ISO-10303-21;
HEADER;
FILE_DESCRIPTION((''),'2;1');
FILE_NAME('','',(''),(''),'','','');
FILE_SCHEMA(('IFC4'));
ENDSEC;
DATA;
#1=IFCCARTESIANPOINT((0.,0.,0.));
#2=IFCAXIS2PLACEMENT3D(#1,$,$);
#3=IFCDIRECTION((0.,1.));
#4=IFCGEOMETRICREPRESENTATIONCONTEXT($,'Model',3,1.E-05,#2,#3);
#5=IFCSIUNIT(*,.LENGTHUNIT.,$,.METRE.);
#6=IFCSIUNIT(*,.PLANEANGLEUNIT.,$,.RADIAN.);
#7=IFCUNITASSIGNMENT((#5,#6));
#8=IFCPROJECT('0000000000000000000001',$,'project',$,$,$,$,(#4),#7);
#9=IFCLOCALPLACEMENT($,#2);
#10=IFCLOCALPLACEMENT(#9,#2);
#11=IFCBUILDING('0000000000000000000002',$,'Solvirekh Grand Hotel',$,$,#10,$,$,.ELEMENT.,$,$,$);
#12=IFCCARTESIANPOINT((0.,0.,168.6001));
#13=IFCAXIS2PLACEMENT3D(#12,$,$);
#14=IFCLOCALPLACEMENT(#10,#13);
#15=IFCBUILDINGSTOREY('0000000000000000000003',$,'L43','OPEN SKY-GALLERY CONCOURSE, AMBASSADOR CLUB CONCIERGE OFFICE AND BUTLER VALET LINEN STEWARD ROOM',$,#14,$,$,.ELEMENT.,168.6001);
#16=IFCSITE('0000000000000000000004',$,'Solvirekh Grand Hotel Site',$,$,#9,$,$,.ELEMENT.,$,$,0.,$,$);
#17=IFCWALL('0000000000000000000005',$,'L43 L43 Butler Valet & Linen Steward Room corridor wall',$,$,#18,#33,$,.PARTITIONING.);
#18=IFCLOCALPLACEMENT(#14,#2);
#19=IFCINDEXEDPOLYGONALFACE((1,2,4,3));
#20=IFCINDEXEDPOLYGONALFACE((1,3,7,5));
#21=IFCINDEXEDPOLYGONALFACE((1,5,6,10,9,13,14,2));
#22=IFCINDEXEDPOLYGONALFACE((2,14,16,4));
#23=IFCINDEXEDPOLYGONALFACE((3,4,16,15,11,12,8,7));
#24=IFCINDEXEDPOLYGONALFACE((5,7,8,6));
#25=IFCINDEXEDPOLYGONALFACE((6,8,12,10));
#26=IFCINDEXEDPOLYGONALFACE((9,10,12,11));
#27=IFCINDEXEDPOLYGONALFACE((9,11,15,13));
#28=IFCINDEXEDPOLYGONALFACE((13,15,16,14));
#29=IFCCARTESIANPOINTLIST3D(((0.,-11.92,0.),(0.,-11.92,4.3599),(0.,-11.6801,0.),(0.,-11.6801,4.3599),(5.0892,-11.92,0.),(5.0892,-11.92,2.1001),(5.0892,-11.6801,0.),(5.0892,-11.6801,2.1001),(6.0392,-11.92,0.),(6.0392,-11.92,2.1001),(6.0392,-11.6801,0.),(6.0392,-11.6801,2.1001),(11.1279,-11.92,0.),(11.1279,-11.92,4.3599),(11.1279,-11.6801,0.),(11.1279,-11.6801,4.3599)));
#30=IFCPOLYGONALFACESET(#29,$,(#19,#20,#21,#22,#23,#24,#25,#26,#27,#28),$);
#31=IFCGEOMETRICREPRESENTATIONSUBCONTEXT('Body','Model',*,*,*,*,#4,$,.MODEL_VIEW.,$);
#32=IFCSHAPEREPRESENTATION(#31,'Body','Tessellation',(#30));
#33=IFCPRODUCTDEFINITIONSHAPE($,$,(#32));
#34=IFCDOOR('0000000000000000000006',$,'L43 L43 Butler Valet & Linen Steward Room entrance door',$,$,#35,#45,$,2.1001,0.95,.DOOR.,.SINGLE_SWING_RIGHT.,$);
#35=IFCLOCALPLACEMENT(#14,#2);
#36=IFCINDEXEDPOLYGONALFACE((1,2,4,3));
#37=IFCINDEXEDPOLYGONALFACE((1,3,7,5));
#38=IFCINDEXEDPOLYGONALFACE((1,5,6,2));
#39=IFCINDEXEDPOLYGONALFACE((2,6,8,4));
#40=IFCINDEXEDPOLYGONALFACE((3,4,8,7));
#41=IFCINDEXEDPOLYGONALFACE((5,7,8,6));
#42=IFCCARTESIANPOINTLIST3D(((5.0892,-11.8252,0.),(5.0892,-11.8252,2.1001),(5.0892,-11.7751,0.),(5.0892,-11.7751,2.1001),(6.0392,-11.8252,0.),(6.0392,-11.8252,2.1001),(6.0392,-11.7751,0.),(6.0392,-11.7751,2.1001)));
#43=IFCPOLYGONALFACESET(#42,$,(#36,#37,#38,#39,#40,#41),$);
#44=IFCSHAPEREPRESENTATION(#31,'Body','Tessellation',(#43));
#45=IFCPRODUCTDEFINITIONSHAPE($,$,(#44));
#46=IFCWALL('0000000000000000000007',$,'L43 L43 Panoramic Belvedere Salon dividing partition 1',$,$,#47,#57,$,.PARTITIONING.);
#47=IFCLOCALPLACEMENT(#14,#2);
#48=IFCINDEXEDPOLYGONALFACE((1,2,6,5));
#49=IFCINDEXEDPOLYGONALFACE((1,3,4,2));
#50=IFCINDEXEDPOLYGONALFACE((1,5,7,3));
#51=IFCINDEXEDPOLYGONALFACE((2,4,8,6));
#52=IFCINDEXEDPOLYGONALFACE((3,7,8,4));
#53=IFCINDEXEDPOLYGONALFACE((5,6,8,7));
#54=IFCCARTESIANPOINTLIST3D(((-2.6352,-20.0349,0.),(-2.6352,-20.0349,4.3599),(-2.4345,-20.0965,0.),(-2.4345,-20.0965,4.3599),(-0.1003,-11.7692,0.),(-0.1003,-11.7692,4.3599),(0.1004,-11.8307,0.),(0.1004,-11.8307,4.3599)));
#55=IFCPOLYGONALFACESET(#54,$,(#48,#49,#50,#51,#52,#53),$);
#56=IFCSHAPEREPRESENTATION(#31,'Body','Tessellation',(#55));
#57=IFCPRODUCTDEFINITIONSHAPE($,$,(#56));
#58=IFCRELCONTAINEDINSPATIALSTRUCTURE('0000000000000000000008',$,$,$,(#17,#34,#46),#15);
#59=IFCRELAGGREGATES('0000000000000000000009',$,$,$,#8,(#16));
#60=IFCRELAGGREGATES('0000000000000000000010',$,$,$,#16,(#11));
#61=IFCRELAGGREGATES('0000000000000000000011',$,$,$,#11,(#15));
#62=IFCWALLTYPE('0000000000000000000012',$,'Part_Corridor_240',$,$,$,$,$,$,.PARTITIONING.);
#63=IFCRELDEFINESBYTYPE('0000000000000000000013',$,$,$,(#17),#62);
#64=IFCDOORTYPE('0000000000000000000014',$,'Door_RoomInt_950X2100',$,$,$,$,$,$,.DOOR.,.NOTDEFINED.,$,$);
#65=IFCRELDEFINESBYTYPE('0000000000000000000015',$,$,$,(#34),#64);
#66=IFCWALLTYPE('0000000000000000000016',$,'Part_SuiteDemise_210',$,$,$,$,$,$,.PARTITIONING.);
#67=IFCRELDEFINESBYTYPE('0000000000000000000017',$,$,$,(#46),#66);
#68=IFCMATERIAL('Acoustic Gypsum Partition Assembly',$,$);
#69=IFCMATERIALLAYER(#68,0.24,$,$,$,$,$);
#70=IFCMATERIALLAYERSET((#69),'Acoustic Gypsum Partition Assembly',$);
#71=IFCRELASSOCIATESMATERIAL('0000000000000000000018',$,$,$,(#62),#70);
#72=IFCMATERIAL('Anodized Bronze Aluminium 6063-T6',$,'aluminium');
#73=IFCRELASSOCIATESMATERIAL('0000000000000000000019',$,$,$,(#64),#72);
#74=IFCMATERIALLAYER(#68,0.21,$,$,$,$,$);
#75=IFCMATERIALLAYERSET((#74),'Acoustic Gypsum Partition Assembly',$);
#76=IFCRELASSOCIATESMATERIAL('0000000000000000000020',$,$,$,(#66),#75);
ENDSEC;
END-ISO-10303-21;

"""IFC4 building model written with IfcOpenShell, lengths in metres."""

from ifc_helpers import new_model, si_unit, direction, frame, frame_2d, origin, place, context, subcontext, project, spatial, rectangle, extrude, material, layer, layer_set, type_object, element, fill, save


model = new_model("IFC4")

# Units and contexts
model_context = context("Model", 3, precision=1e-05, world=origin(), true_north=direction((0.0, 1.0)))
body_context = subcontext(model_context, "Body", "Model", "MODEL_VIEW")
ifc_project = project(units=[si_unit("LENGTHUNIT", "METRE"), si_unit("PLANEANGLEUNIT", "RADIAN")], contexts=[model_context])

# Site, building, storey
site_placement = place(None, origin())
site = spatial("IfcSite", under=ifc_project, at=site_placement, Name="Solvirekh Grand Hotel Site", CompositionType="ELEMENT", RefElevation=0.0)
building_placement = place(site_placement, origin())
building = spatial("IfcBuilding", under=site, at=building_placement, Name="Solvirekh Grand Hotel", CompositionType="ELEMENT")
storey_placement = place(building_placement, frame((0.0, 0.0, 168.6001)))
storey = spatial("IfcBuildingStorey", under=building, at=storey_placement, Name="L43", Description="OPEN SKY-GALLERY CONCOURSE, AMBASSADOR CLUB CONCIERGE OFFICE AND BUTLER VALET LINEN STEWARD ROOM", CompositionType="ELEMENT", Elevation=168.6001)

# Shared definitions
ifc_material_1 = material(Name="Anodized Bronze Aluminium 6063-T6", Category="aluminium")

# Wall, opening, door
ifc_material_2 = material(Name="Acoustic Gypsum Partition Assembly")
ifc_layer_1 = layer(ifc_material_2, 0.24)
ifc_layer_set_1 = layer_set([ifc_layer_1], Name="Acoustic Gypsum Partition Assembly")
wall_type_1 = type_object("IfcWallType", Name="Part_Corridor_240", PredefinedType="PARTITIONING", material=ifc_layer_set_1)
wall_1_placement = place(storey_placement, frame((0.0, -11.8, 0.0), z_axis=(0.0, 0.0, 1.0), x_axis=(1.0, 0.0, 0.0)))
wall_1 = element("IfcWall", 1, at=wall_1_placement, inside=storey, type_object=wall_type_1, Name="L43 L43 Butler Valet & Linen Steward Room corridor wall", PredefinedType="PARTITIONING", context=body_context, shape_type="SweptSolid", body=[
    extrude(rectangle(XDim=11.1279, YDim=0.24, at=frame_2d((5.564, 0.0))), origin(), (0.0, 0.0, 1.0), 4.3599),
])
opening_placement = place(wall_1_placement, frame((5.0891, 0.0, 0.0)))
opening = element("IfcOpeningElement", 2, at=opening_placement, cuts=wall_1, PredefinedType="OPENING", context=body_context, shape_type="SweptSolid", body=[
    extrude(rectangle(XDim=0.95, YDim=2.1001, at=frame_2d((0.4751, 1.05))), frame((0.0, 0.1299, 0.0), z_axis=(0.0, -1.0, 0.0), x_axis=(1.0, 0.0, 0.0)), (0.0, 0.0, 1.0), 0.26),
])
door_type = type_object("IfcDoorType", Name="Door_RoomInt_950X2100", OperationType="NOTDEFINED", PredefinedType="DOOR", material=ifc_material_1)
door_placement = place(opening_placement, origin())
door = element("IfcDoor", 3, at=door_placement, inside=storey, type_object=door_type, Name="L43 L43 Butler Valet & Linen Steward Room entrance door", OperationType="SINGLE_SWING_RIGHT", OverallHeight=2.1001, OverallWidth=0.95, PredefinedType="DOOR", context=body_context, shape_type="SweptSolid", body=[
    extrude(rectangle(XDim=0.95, YDim=2.1001, at=frame_2d((0.4751, 1.05))), frame((0.0, 0.0249, 0.0), z_axis=(0.0, -1.0, 0.0), x_axis=(1.0, 0.0, 0.0)), (0.0, 0.0, 1.0), 0.05),
])
fill(opening, door)

# Wall
ifc_layer_2 = layer(ifc_material_2, 0.21)
ifc_layer_set_2 = layer_set([ifc_layer_2], Name="Acoustic Gypsum Partition Assembly")
wall_type_2 = type_object("IfcWallType", Name="Part_SuiteDemise_210", PredefinedType="PARTITIONING", material=ifc_layer_set_2)
wall_2_placement = place(storey_placement, frame((0.0, -11.8, 0.0), z_axis=(0.0, 0.0, 1.0), x_axis=(-0.293195, -0.956053, 0.0)))
element("IfcWall", 4, at=wall_2_placement, inside=storey, type_object=wall_type_2, Name="L43 L43 Panoramic Belvedere Salon dividing partition 1", PredefinedType="PARTITIONING", context=body_context, shape_type="SweptSolid", body=[
    extrude(rectangle(XDim=8.6458, YDim=0.21, at=frame_2d((4.3228, 0.0))), origin(), (0.0, 0.0, 1.0), 4.3599),
])

save(model, "model.ifc")
